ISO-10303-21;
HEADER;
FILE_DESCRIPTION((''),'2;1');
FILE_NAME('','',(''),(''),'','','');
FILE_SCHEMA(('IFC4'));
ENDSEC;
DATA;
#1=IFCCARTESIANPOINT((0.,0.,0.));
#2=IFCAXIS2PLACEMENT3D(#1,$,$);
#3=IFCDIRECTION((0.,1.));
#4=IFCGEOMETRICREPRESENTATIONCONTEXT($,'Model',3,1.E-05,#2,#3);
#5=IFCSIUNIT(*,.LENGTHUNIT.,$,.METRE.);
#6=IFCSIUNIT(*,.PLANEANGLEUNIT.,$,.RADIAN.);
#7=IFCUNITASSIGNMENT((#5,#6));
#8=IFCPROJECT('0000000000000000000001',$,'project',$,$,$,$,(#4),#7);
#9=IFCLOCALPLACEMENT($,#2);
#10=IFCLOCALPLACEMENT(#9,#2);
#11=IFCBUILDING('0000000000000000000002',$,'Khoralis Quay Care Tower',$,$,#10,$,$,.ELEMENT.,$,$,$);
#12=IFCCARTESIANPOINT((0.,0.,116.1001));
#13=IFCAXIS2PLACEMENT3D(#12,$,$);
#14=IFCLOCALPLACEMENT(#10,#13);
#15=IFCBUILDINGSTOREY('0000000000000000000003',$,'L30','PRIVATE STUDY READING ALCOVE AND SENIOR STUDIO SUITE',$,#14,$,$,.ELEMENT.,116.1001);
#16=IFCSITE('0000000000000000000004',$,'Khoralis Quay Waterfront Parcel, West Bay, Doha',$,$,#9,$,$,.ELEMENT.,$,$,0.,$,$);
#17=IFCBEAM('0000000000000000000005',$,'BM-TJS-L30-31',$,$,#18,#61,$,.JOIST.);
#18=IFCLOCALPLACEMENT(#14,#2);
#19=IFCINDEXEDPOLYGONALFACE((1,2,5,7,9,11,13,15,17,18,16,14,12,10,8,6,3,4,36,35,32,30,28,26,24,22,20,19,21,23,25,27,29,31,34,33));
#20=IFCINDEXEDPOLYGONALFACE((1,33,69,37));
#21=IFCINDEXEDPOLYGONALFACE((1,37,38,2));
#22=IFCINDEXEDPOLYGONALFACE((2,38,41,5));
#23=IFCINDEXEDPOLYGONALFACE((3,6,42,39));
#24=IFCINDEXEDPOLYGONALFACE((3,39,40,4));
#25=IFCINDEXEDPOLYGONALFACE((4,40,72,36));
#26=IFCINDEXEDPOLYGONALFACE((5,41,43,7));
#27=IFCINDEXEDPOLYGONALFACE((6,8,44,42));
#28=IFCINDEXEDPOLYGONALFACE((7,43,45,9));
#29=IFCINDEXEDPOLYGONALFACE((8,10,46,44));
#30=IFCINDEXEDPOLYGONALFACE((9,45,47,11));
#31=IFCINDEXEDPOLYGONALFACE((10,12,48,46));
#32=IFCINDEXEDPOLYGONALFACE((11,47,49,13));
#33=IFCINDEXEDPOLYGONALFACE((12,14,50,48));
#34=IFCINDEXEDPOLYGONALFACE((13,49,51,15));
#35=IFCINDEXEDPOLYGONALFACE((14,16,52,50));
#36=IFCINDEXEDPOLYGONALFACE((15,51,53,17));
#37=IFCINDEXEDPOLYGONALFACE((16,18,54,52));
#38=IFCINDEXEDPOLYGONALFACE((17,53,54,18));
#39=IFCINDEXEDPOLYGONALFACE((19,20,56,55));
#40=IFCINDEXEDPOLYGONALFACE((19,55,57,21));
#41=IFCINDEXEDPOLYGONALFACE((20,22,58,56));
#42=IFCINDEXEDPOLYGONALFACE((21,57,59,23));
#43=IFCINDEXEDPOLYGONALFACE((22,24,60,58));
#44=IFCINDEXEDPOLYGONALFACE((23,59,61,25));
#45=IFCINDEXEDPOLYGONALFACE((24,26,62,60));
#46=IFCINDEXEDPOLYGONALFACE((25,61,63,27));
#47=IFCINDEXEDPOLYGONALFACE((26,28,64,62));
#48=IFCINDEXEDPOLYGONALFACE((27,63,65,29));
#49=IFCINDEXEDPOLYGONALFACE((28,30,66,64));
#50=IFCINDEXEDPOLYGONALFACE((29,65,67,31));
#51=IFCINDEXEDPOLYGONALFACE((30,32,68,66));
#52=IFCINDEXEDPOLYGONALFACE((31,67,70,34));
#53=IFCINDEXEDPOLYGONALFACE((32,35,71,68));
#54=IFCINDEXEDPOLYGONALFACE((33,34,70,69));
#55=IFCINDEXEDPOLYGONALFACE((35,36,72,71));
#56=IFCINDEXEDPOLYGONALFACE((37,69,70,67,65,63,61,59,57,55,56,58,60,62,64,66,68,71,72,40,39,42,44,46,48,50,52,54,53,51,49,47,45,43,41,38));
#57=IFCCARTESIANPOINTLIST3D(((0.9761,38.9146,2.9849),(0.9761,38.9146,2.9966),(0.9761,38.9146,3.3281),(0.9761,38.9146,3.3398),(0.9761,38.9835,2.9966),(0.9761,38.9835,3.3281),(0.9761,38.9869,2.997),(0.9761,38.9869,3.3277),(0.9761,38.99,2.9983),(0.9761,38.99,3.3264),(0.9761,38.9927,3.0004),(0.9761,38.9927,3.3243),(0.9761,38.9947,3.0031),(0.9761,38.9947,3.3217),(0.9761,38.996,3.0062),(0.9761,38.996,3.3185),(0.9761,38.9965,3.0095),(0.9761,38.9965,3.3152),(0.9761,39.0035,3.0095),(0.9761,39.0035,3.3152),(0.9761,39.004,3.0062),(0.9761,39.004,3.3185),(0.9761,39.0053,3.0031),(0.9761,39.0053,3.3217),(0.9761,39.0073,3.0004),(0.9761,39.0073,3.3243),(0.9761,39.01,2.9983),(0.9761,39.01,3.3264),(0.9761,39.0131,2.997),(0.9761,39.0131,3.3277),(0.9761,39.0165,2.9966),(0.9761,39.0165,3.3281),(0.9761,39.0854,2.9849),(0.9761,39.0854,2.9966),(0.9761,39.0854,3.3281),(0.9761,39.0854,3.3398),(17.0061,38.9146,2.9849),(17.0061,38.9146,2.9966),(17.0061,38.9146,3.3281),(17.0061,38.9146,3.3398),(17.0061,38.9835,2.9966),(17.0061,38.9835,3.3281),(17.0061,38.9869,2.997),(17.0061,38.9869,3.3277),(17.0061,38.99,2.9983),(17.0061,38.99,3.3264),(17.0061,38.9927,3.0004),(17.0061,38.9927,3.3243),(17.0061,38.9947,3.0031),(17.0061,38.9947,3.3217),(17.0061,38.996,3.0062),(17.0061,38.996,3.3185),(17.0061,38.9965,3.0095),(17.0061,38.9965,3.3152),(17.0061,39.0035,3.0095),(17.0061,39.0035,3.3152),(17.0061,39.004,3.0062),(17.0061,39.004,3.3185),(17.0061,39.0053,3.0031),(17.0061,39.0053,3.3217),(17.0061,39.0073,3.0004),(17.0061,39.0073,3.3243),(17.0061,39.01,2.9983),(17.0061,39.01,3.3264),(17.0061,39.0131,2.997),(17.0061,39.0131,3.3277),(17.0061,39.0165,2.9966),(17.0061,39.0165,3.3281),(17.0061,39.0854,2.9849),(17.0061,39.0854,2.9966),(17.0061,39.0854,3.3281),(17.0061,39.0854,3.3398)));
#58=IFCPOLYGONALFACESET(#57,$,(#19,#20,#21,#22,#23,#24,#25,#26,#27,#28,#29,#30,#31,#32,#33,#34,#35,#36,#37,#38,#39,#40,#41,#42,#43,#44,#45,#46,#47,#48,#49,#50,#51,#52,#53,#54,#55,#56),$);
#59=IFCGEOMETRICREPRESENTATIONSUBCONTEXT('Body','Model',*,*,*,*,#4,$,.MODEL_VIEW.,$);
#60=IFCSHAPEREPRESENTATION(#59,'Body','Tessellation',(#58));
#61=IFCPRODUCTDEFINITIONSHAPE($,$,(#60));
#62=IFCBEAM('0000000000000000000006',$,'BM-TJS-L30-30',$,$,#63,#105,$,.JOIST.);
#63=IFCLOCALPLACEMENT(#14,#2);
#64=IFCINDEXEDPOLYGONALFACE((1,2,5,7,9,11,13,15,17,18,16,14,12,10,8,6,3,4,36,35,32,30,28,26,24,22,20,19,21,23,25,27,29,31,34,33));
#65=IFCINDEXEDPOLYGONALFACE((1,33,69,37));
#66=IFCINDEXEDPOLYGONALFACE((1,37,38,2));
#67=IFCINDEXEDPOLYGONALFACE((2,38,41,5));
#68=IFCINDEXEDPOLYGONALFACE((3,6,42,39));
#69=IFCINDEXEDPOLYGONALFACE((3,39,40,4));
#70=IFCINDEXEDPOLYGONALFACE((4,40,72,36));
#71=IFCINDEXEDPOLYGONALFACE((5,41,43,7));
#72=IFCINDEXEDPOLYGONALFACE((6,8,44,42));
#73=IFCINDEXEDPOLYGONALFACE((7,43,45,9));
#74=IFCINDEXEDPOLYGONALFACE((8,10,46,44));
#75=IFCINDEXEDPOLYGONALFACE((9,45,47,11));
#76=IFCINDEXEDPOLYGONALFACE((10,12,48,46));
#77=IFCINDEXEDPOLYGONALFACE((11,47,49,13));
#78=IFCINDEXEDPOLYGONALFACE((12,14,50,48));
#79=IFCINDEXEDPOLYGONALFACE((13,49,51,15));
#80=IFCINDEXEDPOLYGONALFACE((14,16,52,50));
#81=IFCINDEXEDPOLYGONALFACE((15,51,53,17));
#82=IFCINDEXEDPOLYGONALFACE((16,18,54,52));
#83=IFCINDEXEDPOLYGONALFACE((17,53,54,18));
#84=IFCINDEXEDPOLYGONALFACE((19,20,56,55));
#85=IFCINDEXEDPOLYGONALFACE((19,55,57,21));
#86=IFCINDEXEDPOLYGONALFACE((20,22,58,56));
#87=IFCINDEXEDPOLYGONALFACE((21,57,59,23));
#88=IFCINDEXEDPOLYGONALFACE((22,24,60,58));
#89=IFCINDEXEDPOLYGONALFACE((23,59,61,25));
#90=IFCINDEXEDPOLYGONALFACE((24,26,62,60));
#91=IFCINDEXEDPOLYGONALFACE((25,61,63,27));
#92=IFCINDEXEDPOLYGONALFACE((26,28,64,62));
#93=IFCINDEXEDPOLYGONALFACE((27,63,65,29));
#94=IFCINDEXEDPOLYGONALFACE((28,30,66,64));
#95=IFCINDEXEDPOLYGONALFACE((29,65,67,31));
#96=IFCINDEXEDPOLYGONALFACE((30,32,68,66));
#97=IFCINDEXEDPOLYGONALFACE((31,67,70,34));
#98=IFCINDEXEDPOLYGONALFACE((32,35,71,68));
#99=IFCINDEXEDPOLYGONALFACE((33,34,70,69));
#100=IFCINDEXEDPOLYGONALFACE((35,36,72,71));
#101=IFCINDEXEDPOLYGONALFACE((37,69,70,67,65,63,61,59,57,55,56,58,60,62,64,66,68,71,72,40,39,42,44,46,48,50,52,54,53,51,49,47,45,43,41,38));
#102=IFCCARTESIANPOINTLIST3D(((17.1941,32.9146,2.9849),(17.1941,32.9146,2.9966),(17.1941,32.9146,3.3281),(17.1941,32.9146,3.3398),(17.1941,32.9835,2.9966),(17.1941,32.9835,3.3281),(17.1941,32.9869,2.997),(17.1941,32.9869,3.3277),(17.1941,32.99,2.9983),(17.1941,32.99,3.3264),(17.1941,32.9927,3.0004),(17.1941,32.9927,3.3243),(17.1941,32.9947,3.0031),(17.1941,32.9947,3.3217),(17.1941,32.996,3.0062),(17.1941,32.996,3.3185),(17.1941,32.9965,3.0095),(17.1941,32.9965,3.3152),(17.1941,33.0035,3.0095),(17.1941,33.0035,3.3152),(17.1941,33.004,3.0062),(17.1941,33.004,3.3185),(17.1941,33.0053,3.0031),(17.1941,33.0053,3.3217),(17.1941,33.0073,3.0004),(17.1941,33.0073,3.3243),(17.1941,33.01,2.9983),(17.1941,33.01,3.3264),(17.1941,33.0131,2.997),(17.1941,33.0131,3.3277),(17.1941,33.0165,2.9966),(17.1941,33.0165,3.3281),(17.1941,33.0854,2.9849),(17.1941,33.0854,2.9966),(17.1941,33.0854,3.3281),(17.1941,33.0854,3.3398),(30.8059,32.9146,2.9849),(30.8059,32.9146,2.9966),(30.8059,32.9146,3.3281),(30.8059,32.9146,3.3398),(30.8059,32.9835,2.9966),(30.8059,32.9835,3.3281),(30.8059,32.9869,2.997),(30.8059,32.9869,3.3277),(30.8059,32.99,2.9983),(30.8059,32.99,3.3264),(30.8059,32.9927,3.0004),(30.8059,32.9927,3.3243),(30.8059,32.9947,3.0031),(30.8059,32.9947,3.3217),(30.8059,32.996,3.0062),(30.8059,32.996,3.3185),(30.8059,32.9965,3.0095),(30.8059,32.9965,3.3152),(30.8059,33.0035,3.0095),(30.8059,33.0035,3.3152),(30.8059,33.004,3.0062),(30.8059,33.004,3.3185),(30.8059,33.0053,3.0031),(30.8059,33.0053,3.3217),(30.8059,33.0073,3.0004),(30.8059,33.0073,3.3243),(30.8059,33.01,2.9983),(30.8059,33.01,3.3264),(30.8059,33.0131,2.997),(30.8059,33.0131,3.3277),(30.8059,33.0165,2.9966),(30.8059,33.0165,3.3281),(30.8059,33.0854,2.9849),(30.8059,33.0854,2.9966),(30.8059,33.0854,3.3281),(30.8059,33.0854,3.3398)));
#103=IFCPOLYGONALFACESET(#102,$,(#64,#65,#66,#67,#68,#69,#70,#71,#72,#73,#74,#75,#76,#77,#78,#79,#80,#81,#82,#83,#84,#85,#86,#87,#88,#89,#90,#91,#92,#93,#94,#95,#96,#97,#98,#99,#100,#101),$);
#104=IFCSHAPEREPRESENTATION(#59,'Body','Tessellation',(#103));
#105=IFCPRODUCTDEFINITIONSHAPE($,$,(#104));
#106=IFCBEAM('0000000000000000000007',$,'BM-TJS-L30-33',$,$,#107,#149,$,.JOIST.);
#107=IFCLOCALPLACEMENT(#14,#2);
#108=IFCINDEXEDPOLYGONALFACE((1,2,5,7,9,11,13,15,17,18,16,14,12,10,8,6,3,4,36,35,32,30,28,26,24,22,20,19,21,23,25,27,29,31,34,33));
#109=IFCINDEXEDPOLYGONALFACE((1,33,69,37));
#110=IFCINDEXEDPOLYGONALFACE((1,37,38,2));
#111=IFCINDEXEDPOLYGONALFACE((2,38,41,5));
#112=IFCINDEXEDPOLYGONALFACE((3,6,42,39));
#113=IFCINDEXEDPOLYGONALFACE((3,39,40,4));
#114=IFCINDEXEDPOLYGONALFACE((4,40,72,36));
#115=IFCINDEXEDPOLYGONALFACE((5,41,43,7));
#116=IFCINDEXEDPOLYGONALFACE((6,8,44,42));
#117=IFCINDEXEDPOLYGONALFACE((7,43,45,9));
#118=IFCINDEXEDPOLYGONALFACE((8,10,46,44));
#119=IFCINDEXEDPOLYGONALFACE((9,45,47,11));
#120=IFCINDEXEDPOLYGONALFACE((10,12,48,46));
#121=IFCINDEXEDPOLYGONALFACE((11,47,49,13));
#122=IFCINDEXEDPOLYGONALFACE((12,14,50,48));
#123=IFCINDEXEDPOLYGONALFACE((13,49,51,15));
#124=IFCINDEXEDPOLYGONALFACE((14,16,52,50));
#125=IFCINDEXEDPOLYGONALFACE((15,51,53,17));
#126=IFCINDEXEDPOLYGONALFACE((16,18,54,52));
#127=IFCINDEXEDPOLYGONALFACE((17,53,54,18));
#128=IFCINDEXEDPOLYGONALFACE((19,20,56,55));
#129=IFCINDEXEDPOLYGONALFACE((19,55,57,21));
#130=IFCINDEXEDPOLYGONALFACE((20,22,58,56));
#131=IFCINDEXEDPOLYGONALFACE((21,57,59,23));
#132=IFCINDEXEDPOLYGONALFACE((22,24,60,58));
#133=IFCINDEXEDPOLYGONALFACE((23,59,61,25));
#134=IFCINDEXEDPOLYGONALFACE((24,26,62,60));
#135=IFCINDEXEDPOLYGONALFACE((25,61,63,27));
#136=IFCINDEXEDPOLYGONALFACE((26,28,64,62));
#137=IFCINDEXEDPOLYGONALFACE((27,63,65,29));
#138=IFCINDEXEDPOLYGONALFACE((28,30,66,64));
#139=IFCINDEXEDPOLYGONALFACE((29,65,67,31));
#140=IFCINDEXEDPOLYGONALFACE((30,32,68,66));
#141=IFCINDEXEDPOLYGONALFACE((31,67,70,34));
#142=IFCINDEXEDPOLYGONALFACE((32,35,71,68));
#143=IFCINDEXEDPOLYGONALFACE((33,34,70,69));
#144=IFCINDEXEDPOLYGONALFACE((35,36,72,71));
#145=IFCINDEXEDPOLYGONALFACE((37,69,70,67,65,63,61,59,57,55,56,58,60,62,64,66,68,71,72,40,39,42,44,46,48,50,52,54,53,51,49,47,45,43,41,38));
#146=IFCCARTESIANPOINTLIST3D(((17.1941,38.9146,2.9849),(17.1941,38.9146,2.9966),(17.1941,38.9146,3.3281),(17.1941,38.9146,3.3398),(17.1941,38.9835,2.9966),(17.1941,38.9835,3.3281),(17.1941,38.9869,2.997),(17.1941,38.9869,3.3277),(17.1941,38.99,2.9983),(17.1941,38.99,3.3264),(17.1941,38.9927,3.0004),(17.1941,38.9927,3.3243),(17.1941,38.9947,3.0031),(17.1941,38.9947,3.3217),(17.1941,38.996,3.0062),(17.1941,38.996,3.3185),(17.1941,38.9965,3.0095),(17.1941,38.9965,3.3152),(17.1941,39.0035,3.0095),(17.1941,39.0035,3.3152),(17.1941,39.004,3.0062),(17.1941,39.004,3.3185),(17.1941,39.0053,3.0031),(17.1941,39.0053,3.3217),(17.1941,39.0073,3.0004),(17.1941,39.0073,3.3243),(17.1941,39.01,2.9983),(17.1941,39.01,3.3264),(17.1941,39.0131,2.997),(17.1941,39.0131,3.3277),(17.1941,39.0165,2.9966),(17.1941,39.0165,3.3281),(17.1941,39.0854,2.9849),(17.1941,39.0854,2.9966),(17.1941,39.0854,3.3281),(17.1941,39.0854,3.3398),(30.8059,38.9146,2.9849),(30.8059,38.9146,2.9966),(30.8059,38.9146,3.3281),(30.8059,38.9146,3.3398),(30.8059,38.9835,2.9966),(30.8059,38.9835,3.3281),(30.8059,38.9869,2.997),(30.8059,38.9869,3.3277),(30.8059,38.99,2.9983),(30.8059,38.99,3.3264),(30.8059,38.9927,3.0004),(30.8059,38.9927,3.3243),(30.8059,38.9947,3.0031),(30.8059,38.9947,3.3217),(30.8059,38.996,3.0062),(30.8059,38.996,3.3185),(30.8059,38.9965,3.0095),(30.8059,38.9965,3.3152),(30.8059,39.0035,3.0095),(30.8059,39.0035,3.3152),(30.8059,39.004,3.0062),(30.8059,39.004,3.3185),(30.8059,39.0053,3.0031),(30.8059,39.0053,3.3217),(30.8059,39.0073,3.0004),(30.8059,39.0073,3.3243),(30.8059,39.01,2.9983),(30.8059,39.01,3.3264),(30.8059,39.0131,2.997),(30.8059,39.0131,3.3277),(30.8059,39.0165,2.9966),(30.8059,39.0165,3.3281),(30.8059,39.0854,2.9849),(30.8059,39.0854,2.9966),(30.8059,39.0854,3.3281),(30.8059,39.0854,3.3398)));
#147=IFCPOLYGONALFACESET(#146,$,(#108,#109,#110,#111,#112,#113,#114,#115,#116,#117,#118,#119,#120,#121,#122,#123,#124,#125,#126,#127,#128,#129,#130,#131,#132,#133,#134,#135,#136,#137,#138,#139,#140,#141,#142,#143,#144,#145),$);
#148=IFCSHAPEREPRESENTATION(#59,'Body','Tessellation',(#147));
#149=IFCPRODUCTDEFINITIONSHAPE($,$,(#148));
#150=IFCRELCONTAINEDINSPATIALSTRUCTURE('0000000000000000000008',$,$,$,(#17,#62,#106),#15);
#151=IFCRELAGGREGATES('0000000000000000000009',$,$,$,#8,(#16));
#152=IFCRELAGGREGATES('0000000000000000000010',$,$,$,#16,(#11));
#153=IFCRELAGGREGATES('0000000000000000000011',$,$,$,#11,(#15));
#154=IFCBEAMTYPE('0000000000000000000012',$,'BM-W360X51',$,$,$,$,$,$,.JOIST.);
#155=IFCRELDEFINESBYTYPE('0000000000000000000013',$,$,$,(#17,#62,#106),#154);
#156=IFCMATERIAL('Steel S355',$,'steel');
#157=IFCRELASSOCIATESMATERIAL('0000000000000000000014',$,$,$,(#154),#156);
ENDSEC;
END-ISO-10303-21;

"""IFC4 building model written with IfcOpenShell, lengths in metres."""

from ifc_helpers import new_model, si_unit, direction, frame, origin, origin_2d, place, context, subcontext, project, spatial, i_section, extrude, source, transform, mapped, material, material_profile, profile_set, type_object, element, save


model = new_model("IFC4")

# Units and contexts
model_context = context("Model", 3, precision=1e-05, world=origin(), true_north=direction((0.0, 1.0)))
body_context = subcontext(model_context, "Body", "Model", "MODEL_VIEW")
ifc_project = project(units=[si_unit("LENGTHUNIT", "METRE"), si_unit("PLANEANGLEUNIT", "RADIAN")], contexts=[model_context])

# Site, building, storey
site_placement = place(None, origin())
site = spatial("IfcSite", under=ifc_project, at=site_placement, Name="Khoralis Quay Waterfront Parcel, West Bay, Doha", CompositionType="ELEMENT", RefElevation=0.0)
building_placement = place(site_placement, origin())
building = spatial("IfcBuilding", under=site, at=building_placement, Name="Khoralis Quay Care Tower", CompositionType="ELEMENT")
storey_placement = place(building_placement, frame((0.0, 0.0, 116.1001)))
storey = spatial("IfcBuildingStorey", under=building, at=storey_placement, Name="L30", Description="PRIVATE STUDY READING ALCOVE AND SENIOR STUDIO SUITE", CompositionType="ELEMENT", Elevation=116.1001)

# Beams
ifc_material_1 = material(Name="Steel S355", Category="steel")
ifc_material_profile_1 = material_profile(ifc_material_1, i_section(OverallWidth=0.1709, OverallDepth=0.355, WebThickness=0.0071, FlangeThickness=0.0117, FilletRadius=0.0129, at=origin_2d()), Name="Steel S355")
ifc_profile_set_1 = profile_set([ifc_material_profile_1], Name="Steel S355")
beam_type_1 = type_object("IfcBeamType", Name="BM-W360X51", PredefinedType="JOIST", material=ifc_profile_set_1)
shared_shape_1 = source(origin(), body_context, "Body", "SweptSolid", [
    extrude(i_section(OverallWidth=0.1709, OverallDepth=0.355, WebThickness=0.0071, FlangeThickness=0.0117, FilletRadius=0.0129, at=origin_2d()), origin(), (0.0, 0.0, 1.0), 16.03),
])
beam_1_placement = place(storey_placement, frame((0.9761, 39.0, 3.1624), z_axis=(1.0, 0.0, 0.0), x_axis=(0.0, 1.0, 0.0)))
element("IfcBeam", 1, at=beam_1_placement, inside=storey, type_object=beam_type_1, Name="BM-TJS-L30-31", PredefinedType="JOIST", context=body_context, shape_type="MappedRepresentation", body=[
    mapped(shared_shape_1, transform((0.0, 0.0, 0.0), scale=1.0)),
])
shared_shape_2 = source(origin(), body_context, "Body", "SweptSolid", [
    extrude(i_section(OverallWidth=0.1709, OverallDepth=0.355, WebThickness=0.0071, FlangeThickness=0.0117, FilletRadius=0.0129, at=origin_2d()), origin(), (0.0, 0.0, 1.0), 13.6118),
])
for number, where, z_axis, x_axis, name in (
    (2, (17.1941, 33.0, 3.1624), (1.0, 0.0, 0.0), (0.0, 1.0, 0.0), "BM-TJS-L30-30"),
    (3, (17.1941, 39.0, 3.1624), (1.0, 0.0, 0.0), (0.0, 1.0, 0.0), "BM-TJS-L30-33"),
):
    element("IfcBeam", number, at=place(storey_placement, frame(where, z_axis=z_axis, x_axis=x_axis)), inside=storey, type_object=beam_type_1, Name=name, PredefinedType="JOIST", context=body_context, shape_type="MappedRepresentation", body=[
        mapped(shared_shape_2, transform((0.0, 0.0, 0.0), scale=1.0)),
    ])

save(model, "model.ifc")
